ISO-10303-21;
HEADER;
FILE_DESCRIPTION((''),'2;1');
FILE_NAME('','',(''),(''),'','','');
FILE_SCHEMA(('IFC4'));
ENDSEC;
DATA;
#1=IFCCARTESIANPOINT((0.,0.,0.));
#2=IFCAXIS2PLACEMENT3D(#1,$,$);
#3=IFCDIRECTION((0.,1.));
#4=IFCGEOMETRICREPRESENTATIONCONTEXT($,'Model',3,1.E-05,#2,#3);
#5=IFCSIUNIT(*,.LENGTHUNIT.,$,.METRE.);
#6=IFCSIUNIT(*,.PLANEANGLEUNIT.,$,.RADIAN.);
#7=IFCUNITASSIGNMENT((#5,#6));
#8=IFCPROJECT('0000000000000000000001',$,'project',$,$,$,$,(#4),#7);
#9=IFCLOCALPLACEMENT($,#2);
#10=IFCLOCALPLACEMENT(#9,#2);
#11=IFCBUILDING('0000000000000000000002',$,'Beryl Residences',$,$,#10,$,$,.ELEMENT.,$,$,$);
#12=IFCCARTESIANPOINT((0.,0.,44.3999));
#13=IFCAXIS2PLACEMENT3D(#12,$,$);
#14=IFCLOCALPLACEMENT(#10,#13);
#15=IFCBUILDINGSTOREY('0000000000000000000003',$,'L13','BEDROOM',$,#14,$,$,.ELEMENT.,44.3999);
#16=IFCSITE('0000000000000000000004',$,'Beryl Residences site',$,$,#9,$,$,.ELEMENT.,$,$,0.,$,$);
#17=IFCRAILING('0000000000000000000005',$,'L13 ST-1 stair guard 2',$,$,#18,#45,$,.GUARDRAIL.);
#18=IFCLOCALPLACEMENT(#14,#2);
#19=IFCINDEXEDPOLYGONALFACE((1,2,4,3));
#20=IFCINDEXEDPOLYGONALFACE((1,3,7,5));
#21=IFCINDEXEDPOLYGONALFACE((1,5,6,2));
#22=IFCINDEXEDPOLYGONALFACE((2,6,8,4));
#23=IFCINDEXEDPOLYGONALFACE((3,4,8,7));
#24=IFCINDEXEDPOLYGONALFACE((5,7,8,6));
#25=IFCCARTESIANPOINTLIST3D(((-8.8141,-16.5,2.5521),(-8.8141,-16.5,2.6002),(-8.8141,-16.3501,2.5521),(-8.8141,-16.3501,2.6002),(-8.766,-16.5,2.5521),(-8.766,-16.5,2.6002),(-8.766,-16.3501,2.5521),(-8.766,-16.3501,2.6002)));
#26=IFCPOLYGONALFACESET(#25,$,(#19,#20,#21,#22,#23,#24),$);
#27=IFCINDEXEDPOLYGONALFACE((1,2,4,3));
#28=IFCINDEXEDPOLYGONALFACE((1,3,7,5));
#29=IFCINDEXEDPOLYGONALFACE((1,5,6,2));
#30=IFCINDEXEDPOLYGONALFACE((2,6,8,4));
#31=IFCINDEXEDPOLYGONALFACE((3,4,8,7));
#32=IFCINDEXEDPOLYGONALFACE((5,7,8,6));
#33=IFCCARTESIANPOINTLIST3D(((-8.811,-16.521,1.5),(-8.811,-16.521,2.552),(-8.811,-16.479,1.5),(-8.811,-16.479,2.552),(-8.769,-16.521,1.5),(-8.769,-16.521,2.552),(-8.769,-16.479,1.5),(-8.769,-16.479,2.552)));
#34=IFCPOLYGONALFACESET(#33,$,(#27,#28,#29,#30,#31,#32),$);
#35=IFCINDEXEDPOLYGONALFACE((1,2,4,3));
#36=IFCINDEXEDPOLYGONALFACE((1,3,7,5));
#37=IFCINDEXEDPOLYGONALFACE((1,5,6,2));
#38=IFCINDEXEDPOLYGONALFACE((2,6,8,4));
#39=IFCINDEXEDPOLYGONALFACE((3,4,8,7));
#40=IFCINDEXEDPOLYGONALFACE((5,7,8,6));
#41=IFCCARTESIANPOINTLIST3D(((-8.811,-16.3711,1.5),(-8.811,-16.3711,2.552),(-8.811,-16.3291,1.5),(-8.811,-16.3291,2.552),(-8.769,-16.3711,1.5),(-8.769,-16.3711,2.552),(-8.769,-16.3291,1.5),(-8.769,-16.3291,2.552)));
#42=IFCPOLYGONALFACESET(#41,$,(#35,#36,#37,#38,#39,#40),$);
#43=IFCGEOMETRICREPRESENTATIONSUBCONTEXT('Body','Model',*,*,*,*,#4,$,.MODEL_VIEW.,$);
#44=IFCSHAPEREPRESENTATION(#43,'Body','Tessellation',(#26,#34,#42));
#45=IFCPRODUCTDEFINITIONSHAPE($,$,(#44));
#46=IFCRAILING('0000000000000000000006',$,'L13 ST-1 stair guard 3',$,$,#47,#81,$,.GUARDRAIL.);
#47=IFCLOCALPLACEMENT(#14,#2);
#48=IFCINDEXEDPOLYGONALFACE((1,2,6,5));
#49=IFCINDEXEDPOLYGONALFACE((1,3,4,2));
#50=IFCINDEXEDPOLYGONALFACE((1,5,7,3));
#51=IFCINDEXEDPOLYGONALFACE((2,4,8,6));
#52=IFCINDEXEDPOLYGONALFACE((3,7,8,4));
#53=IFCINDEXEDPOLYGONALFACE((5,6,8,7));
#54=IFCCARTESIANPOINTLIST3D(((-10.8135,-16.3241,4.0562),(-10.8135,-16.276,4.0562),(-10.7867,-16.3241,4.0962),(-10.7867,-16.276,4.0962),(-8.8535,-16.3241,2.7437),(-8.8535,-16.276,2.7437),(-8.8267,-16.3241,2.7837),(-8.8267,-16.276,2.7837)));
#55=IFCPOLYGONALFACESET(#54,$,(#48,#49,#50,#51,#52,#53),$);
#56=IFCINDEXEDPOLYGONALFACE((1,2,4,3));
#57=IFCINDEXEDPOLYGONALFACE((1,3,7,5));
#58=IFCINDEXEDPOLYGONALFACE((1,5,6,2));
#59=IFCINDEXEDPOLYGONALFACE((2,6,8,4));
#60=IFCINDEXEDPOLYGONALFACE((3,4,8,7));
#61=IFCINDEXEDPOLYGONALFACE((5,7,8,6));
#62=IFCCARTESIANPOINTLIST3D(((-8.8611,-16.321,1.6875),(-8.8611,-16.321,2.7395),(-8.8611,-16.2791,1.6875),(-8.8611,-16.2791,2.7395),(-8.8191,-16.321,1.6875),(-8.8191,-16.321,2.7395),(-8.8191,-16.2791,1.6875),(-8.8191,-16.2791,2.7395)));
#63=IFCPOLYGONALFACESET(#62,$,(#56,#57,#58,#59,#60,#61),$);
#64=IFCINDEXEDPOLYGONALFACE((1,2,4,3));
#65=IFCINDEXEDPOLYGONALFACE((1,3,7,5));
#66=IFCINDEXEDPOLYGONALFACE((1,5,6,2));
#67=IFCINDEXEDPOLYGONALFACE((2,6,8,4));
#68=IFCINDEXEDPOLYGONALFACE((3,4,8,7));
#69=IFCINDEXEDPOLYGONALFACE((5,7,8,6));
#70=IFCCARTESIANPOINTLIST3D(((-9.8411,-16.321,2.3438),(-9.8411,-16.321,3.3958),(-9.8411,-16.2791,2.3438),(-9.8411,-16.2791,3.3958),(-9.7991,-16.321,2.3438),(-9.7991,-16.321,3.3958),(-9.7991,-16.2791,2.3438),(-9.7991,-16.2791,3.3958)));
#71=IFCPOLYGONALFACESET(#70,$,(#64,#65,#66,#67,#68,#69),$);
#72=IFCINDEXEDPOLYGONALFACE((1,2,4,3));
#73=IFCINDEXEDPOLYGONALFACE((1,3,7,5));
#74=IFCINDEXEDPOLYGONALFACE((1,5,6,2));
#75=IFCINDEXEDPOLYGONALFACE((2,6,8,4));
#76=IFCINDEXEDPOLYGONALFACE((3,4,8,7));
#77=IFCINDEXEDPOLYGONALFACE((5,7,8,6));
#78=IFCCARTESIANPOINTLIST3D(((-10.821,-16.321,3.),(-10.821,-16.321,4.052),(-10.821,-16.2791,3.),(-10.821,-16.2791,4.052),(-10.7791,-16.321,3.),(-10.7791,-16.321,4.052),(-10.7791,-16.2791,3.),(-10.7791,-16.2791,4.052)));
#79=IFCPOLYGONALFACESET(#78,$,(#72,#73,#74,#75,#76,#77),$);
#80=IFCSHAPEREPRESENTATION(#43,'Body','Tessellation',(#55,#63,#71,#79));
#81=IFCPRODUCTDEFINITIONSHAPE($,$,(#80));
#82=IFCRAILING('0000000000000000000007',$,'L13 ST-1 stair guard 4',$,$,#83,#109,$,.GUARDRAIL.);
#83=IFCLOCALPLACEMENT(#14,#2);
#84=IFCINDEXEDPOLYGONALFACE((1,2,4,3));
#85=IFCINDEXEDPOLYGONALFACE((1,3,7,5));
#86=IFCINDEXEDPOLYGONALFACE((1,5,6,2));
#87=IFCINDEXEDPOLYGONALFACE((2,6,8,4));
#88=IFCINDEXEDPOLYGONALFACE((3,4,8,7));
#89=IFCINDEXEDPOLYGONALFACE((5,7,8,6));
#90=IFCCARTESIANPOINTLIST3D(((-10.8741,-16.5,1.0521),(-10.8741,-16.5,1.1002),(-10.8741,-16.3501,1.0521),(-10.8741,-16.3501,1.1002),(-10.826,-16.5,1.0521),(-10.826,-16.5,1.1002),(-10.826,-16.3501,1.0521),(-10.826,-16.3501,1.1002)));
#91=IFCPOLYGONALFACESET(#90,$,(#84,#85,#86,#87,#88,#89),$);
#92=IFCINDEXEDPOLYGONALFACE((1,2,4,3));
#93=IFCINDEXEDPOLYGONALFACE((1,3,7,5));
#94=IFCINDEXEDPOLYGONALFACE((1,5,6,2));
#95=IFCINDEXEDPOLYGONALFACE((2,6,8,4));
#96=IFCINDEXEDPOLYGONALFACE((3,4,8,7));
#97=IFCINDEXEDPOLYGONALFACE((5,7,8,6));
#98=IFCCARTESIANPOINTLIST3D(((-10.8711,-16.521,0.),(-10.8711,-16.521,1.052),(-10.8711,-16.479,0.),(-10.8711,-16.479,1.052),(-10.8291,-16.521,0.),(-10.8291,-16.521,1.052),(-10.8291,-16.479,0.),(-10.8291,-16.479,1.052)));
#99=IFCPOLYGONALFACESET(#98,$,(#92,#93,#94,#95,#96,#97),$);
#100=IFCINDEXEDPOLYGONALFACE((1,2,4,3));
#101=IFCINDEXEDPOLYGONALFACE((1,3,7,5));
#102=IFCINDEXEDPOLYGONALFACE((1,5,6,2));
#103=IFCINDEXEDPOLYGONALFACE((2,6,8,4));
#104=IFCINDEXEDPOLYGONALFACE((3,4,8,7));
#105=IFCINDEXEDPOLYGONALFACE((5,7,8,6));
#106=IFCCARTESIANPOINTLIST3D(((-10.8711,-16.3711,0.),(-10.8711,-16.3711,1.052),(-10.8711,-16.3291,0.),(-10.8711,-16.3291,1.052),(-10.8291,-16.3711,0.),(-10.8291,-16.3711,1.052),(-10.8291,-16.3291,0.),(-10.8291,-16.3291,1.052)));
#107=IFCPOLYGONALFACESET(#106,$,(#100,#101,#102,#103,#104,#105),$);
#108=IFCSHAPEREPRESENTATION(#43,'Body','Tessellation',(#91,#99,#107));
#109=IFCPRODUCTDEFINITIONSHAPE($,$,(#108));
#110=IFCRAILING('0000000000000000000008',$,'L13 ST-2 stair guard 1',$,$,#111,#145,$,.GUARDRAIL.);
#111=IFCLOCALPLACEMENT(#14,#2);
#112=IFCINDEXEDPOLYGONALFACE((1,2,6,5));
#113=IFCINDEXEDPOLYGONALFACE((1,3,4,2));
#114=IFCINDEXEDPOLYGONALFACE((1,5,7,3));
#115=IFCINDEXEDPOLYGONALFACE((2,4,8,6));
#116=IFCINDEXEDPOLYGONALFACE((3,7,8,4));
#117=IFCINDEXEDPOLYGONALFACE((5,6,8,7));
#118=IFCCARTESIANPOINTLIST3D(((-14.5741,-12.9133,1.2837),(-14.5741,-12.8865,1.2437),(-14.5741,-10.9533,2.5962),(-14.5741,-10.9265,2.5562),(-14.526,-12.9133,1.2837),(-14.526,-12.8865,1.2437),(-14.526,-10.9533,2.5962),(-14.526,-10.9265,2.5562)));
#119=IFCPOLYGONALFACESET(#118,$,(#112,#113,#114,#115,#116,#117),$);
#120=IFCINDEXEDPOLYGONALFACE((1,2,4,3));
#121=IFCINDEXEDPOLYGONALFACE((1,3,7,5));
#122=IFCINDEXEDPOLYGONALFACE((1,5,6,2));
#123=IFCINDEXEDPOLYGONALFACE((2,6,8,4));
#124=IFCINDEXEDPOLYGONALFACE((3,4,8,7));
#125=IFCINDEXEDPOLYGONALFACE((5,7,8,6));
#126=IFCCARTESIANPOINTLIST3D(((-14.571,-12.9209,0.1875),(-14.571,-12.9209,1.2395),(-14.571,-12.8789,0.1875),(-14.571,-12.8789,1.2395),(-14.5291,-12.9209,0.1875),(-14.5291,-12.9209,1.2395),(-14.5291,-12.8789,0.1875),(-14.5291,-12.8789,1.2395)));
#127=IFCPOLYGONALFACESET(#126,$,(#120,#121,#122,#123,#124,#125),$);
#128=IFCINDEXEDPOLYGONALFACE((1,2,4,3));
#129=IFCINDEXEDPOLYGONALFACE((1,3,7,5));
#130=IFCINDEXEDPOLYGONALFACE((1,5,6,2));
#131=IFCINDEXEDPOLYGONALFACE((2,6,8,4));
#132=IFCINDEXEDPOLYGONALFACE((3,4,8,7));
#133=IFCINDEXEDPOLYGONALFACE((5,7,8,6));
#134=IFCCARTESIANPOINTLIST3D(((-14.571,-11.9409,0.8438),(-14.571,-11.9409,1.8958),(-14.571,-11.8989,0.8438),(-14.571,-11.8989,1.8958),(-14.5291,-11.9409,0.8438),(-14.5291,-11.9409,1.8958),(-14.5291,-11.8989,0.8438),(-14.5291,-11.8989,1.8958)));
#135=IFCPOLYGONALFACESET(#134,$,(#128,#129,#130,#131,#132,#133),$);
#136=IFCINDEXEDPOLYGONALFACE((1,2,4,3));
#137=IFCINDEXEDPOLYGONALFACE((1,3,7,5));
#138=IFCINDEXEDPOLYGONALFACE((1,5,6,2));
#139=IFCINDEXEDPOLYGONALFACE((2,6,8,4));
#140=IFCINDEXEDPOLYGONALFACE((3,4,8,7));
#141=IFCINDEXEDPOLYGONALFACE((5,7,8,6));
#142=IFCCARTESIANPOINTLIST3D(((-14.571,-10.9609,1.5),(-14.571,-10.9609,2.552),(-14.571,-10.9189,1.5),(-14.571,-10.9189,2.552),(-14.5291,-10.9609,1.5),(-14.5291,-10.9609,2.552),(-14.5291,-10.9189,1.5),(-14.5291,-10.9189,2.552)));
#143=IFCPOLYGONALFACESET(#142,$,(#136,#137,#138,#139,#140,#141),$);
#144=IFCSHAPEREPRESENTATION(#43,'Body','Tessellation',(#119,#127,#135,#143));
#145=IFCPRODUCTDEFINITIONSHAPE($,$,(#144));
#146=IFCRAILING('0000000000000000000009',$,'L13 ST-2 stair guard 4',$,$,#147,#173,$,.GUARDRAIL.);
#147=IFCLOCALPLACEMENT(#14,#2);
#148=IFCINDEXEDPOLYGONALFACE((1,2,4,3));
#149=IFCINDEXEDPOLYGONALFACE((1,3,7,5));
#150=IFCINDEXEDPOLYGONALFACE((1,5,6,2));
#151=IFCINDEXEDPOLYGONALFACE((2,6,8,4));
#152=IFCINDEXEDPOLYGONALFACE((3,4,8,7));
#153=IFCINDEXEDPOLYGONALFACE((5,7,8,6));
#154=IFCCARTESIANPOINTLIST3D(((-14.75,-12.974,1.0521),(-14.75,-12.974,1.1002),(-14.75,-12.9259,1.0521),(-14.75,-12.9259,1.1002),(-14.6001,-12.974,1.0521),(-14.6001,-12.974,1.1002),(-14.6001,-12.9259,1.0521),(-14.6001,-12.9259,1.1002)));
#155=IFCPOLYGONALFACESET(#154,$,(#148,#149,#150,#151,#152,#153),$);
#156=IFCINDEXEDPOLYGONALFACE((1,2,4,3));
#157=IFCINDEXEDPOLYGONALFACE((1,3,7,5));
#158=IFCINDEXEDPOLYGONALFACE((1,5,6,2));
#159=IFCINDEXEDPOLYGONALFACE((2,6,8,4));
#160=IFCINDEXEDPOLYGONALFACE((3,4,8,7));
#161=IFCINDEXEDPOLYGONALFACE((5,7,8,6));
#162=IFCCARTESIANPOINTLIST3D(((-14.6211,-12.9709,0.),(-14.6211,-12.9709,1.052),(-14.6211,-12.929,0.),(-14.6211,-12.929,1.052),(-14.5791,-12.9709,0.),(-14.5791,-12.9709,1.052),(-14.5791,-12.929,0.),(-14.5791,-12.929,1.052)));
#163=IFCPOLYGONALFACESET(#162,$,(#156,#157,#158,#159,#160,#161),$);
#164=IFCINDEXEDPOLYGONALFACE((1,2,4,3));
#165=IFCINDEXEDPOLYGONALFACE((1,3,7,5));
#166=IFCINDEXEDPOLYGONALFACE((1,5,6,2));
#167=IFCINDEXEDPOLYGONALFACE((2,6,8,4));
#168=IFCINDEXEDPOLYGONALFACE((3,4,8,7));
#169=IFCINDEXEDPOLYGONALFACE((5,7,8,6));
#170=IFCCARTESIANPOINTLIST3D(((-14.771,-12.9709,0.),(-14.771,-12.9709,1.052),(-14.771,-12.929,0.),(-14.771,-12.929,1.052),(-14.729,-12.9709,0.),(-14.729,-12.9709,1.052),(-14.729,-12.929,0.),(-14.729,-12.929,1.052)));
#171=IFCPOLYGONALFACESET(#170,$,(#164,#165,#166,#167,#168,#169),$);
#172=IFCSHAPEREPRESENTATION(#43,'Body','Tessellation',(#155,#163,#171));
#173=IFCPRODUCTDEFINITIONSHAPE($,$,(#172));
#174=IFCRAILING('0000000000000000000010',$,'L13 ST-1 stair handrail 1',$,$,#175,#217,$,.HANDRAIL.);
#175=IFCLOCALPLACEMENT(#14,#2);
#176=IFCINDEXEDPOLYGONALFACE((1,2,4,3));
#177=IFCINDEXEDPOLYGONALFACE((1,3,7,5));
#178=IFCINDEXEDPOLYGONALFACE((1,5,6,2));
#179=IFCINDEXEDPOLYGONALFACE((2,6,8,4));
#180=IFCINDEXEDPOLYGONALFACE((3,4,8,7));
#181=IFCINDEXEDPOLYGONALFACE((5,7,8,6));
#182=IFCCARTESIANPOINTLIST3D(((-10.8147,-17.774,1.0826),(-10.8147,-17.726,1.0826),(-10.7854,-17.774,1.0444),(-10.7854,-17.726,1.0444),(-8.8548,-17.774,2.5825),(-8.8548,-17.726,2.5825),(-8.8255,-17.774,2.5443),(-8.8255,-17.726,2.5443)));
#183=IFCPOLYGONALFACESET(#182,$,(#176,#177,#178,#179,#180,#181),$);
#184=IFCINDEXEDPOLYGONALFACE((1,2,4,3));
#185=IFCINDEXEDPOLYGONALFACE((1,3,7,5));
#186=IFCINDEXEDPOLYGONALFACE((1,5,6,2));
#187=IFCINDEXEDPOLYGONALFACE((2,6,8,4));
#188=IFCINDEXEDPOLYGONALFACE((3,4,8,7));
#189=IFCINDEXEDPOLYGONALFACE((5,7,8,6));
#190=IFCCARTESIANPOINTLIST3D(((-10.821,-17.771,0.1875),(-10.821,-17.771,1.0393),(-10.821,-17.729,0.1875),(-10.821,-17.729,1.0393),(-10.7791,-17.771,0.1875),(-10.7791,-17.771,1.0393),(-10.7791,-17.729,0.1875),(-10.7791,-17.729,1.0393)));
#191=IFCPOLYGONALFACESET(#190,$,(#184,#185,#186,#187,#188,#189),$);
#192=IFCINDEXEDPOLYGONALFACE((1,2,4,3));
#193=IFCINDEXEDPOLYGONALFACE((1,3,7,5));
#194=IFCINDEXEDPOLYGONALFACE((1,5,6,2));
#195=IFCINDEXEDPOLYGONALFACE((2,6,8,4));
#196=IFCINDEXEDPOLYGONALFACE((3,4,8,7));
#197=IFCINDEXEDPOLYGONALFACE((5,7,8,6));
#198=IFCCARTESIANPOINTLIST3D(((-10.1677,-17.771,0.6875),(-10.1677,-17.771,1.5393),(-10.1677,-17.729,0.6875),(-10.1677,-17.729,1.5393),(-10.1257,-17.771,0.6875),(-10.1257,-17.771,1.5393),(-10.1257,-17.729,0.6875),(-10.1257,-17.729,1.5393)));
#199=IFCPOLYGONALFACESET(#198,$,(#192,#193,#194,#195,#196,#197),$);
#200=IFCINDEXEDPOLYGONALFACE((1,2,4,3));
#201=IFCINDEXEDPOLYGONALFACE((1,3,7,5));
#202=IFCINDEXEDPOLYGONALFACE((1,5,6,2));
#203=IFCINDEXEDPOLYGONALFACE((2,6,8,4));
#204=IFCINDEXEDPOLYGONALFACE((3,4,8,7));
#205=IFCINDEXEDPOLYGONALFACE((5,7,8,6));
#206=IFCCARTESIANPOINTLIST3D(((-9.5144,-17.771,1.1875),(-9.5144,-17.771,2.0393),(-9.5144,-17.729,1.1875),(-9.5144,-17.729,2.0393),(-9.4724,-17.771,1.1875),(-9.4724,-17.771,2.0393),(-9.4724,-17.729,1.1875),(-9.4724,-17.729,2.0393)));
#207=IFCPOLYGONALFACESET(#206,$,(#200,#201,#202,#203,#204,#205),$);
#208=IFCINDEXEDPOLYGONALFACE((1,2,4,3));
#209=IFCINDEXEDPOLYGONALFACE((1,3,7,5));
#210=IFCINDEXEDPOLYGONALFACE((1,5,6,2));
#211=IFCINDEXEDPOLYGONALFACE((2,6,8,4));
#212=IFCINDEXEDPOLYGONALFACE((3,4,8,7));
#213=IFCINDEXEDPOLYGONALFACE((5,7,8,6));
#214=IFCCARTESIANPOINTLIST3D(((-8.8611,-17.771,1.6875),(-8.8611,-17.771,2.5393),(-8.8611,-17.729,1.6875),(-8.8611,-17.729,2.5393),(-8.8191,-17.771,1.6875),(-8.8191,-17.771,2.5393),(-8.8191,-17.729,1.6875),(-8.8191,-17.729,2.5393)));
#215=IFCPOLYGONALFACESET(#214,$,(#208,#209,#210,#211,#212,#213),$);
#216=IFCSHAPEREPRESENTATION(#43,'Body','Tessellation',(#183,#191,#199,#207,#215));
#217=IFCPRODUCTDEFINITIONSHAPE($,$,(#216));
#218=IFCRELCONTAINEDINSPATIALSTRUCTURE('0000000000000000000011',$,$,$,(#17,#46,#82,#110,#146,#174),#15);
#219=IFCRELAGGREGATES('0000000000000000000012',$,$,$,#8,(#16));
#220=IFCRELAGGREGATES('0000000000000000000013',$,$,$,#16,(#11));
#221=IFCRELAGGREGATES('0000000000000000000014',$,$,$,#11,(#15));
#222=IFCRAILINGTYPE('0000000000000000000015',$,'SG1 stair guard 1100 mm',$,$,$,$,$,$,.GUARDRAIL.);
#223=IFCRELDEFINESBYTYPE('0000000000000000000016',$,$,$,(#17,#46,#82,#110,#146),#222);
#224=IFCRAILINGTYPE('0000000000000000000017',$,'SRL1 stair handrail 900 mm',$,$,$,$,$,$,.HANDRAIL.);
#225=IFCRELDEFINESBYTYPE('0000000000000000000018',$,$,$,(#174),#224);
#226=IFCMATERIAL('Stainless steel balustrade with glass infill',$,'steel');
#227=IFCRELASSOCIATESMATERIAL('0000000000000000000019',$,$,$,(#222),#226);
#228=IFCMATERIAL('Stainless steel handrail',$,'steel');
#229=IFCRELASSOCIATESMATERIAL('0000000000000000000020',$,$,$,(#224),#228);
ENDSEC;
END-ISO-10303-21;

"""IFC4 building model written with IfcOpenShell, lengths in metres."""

from ifc_helpers import new_model, si_unit, direction, frame, origin, origin_2d, place, context, subcontext, project, spatial, rectangle, extrude, material, type_object, element, save


model = new_model("IFC4")

# Units and contexts
model_context = context("Model", 3, precision=1e-05, world=origin(), true_north=direction((0.0, 1.0)))
body_context = subcontext(model_context, "Body", "Model", "MODEL_VIEW")
ifc_project = project(units=[si_unit("LENGTHUNIT", "METRE"), si_unit("PLANEANGLEUNIT", "RADIAN")], contexts=[model_context])

# Site, building, storey
site_placement = place(None, origin())
site = spatial("IfcSite", under=ifc_project, at=site_placement, Name="Beryl Residences site", CompositionType="ELEMENT", RefElevation=0.0)
building_placement = place(site_placement, origin())
building = spatial("IfcBuilding", under=site, at=building_placement, Name="Beryl Residences", CompositionType="ELEMENT")
storey_placement = place(building_placement, frame((0.0, 0.0, 44.3999)))
storey = spatial("IfcBuildingStorey", under=building, at=storey_placement, Name="L13", Description="BEDROOM", CompositionType="ELEMENT", Elevation=44.3999)

# Railings
ifc_material_1 = material(Name="Stainless steel balustrade with glass infill", Category="steel")
railing_type_1 = type_object("IfcRailingType", Name="SG1 stair guard 1100 mm", PredefinedType="GUARDRAIL", material=ifc_material_1)
railing_1_placement = place(storey_placement, frame((-8.79, -16.5, 1.5)))
element("IfcRailing", 1, at=railing_1_placement, inside=storey, type_object=railing_type_1, Name="L13 ST-1 stair guard 2", PredefinedType="GUARDRAIL", context=body_context, shape_type="SweptSolid", body=[
    extrude(rectangle(XDim=0.0481, YDim=0.0481, at=origin_2d()), frame((0.0, 0.0, 1.0762), z_axis=(0.0, 1.0, 0.0), x_axis=(-1.0, 0.0, 0.0)), (0.0, 0.0, 1.0), 0.1499),
    extrude(rectangle(XDim=0.042, YDim=0.042, at=origin_2d()), origin(), (0.0, 0.0, 1.0), 1.052),
    extrude(rectangle(XDim=0.042, YDim=0.042, at=origin_2d()), frame((0.0, 0.1499, 0.0)), (0.0, 0.0, 1.0), 1.052),
])
railing_2_placement = place(storey_placement, frame((-8.8401, -16.3, 1.6875)))
element("IfcRailing", 2, at=railing_2_placement, inside=storey, type_object=railing_type_1, Name="L13 ST-1 stair guard 3", PredefinedType="GUARDRAIL", context=body_context, shape_type="SweptSolid", body=[
    extrude(rectangle(XDim=0.0481, YDim=0.0481, at=origin_2d()), frame((0.0, 0.0, 1.0762), z_axis=(-0.830902, 0.0, 0.556419), x_axis=(0.0, -1.0, 0.0)), (0.0, 0.0, 1.0), 2.3589),
    extrude(rectangle(XDim=0.042, YDim=0.042, at=origin_2d()), origin(), (0.0, 0.0, 1.0), 1.052),
    extrude(rectangle(XDim=0.042, YDim=0.042, at=origin_2d()), frame((-0.98, 0.0, 0.6562)), (0.0, 0.0, 1.0), 1.052),
    extrude(rectangle(XDim=0.042, YDim=0.042, at=origin_2d()), frame((-1.96, 0.0, 1.3125)), (0.0, 0.0, 1.0), 1.052),
])
railing_3_placement = place(storey_placement, frame((-10.8501, -16.5, 0.0)))
element("IfcRailing", 3, at=railing_3_placement, inside=storey, type_object=railing_type_1, Name="L13 ST-1 stair guard 4", PredefinedType="GUARDRAIL", context=body_context, shape_type="SweptSolid", body=[
    extrude(rectangle(XDim=0.0481, YDim=0.0481, at=origin_2d()), frame((0.0, 0.0, 1.0762), z_axis=(0.0, 1.0, 0.0), x_axis=(-1.0, 0.0, 0.0)), (0.0, 0.0, 1.0), 0.1499),
    extrude(rectangle(XDim=0.042, YDim=0.042, at=origin_2d()), origin(), (0.0, 0.0, 1.0), 1.052),
    extrude(rectangle(XDim=0.042, YDim=0.042, at=origin_2d()), frame((0.0, 0.1499, 0.0)), (0.0, 0.0, 1.0), 1.052),
])
railing_4_placement = place(storey_placement, frame((-14.55, -12.8999, 0.1875)))
element("IfcRailing", 4, at=railing_4_placement, inside=storey, type_object=railing_type_1, Name="L13 ST-2 stair guard 1", PredefinedType="GUARDRAIL", context=body_context, shape_type="SweptSolid", body=[
    extrude(rectangle(XDim=0.0481, YDim=0.0481, at=origin_2d()), frame((0.0, 0.0, 1.0762), z_axis=(0.0, 0.830902, 0.556419), x_axis=(-1.0, 0.0, 0.0)), (0.0, 0.0, 1.0), 2.3589),
    extrude(rectangle(XDim=0.042, YDim=0.042, at=origin_2d()), origin(), (0.0, 0.0, 1.0), 1.052),
    extrude(rectangle(XDim=0.042, YDim=0.042, at=origin_2d()), frame((0.0, 0.98, 0.6562)), (0.0, 0.0, 1.0), 1.052),
    extrude(rectangle(XDim=0.042, YDim=0.042, at=origin_2d()), frame((0.0, 1.96, 1.3125)), (0.0, 0.0, 1.0), 1.052),
])
railing_5_placement = place(storey_placement, frame((-14.6001, -12.95, 0.0)))
element("IfcRailing", 5, at=railing_5_placement, inside=storey, type_object=railing_type_1, Name="L13 ST-2 stair guard 4", PredefinedType="GUARDRAIL", context=body_context, shape_type="SweptSolid", body=[
    extrude(rectangle(XDim=0.0481, YDim=0.0481, at=origin_2d()), frame((0.0, 0.0, 1.0762), z_axis=(-1.0, 0.0, 0.0), x_axis=(0.0, -1.0, 0.0)), (0.0, 0.0, 1.0), 0.1499),
    extrude(rectangle(XDim=0.042, YDim=0.042, at=origin_2d()), origin(), (0.0, 0.0, 1.0), 1.052),
    extrude(rectangle(XDim=0.042, YDim=0.042, at=origin_2d()), frame((-0.1499, 0.0, 0.0)), (0.0, 0.0, 1.0), 1.052),
])
ifc_material_2 = material(Name="Stainless steel handrail", Category="steel")
railing_type_2 = type_object("IfcRailingType", Name="SRL1 stair handrail 900 mm", PredefinedType="HANDRAIL", material=ifc_material_2)
railing_6_placement = place(storey_placement, frame((-10.8, -17.75, 0.1875)))
element("IfcRailing", 6, at=railing_6_placement, inside=storey, type_object=railing_type_2, Name="L13 ST-1 stair handrail 1", PredefinedType="HANDRAIL", context=body_context, shape_type="SweptSolid", body=[
    extrude(rectangle(XDim=0.0481, YDim=0.0481, at=origin_2d()), frame((0.0, 0.0, 0.876), z_axis=(0.794122, 0.0, 0.607758), x_axis=(0.0, 1.0, 0.0)), (0.0, 0.0, 1.0), 2.468),
    extrude(rectangle(XDim=0.042, YDim=0.042, at=origin_2d()), origin(), (0.0, 0.0, 1.0), 0.8518),
    extrude(rectangle(XDim=0.042, YDim=0.042, at=origin_2d()), frame((0.6533, 0.0, 0.5)), (0.0, 0.0, 1.0), 0.8518),
    extrude(rectangle(XDim=0.042, YDim=0.042, at=origin_2d()), frame((1.3066, 0.0, 1.0)), (0.0, 0.0, 1.0), 0.8518),
    extrude(rectangle(XDim=0.042, YDim=0.042, at=origin_2d()), frame((1.96, 0.0, 1.5)), (0.0, 0.0, 1.0), 0.8518),
])

save(model, "model.ifc")
